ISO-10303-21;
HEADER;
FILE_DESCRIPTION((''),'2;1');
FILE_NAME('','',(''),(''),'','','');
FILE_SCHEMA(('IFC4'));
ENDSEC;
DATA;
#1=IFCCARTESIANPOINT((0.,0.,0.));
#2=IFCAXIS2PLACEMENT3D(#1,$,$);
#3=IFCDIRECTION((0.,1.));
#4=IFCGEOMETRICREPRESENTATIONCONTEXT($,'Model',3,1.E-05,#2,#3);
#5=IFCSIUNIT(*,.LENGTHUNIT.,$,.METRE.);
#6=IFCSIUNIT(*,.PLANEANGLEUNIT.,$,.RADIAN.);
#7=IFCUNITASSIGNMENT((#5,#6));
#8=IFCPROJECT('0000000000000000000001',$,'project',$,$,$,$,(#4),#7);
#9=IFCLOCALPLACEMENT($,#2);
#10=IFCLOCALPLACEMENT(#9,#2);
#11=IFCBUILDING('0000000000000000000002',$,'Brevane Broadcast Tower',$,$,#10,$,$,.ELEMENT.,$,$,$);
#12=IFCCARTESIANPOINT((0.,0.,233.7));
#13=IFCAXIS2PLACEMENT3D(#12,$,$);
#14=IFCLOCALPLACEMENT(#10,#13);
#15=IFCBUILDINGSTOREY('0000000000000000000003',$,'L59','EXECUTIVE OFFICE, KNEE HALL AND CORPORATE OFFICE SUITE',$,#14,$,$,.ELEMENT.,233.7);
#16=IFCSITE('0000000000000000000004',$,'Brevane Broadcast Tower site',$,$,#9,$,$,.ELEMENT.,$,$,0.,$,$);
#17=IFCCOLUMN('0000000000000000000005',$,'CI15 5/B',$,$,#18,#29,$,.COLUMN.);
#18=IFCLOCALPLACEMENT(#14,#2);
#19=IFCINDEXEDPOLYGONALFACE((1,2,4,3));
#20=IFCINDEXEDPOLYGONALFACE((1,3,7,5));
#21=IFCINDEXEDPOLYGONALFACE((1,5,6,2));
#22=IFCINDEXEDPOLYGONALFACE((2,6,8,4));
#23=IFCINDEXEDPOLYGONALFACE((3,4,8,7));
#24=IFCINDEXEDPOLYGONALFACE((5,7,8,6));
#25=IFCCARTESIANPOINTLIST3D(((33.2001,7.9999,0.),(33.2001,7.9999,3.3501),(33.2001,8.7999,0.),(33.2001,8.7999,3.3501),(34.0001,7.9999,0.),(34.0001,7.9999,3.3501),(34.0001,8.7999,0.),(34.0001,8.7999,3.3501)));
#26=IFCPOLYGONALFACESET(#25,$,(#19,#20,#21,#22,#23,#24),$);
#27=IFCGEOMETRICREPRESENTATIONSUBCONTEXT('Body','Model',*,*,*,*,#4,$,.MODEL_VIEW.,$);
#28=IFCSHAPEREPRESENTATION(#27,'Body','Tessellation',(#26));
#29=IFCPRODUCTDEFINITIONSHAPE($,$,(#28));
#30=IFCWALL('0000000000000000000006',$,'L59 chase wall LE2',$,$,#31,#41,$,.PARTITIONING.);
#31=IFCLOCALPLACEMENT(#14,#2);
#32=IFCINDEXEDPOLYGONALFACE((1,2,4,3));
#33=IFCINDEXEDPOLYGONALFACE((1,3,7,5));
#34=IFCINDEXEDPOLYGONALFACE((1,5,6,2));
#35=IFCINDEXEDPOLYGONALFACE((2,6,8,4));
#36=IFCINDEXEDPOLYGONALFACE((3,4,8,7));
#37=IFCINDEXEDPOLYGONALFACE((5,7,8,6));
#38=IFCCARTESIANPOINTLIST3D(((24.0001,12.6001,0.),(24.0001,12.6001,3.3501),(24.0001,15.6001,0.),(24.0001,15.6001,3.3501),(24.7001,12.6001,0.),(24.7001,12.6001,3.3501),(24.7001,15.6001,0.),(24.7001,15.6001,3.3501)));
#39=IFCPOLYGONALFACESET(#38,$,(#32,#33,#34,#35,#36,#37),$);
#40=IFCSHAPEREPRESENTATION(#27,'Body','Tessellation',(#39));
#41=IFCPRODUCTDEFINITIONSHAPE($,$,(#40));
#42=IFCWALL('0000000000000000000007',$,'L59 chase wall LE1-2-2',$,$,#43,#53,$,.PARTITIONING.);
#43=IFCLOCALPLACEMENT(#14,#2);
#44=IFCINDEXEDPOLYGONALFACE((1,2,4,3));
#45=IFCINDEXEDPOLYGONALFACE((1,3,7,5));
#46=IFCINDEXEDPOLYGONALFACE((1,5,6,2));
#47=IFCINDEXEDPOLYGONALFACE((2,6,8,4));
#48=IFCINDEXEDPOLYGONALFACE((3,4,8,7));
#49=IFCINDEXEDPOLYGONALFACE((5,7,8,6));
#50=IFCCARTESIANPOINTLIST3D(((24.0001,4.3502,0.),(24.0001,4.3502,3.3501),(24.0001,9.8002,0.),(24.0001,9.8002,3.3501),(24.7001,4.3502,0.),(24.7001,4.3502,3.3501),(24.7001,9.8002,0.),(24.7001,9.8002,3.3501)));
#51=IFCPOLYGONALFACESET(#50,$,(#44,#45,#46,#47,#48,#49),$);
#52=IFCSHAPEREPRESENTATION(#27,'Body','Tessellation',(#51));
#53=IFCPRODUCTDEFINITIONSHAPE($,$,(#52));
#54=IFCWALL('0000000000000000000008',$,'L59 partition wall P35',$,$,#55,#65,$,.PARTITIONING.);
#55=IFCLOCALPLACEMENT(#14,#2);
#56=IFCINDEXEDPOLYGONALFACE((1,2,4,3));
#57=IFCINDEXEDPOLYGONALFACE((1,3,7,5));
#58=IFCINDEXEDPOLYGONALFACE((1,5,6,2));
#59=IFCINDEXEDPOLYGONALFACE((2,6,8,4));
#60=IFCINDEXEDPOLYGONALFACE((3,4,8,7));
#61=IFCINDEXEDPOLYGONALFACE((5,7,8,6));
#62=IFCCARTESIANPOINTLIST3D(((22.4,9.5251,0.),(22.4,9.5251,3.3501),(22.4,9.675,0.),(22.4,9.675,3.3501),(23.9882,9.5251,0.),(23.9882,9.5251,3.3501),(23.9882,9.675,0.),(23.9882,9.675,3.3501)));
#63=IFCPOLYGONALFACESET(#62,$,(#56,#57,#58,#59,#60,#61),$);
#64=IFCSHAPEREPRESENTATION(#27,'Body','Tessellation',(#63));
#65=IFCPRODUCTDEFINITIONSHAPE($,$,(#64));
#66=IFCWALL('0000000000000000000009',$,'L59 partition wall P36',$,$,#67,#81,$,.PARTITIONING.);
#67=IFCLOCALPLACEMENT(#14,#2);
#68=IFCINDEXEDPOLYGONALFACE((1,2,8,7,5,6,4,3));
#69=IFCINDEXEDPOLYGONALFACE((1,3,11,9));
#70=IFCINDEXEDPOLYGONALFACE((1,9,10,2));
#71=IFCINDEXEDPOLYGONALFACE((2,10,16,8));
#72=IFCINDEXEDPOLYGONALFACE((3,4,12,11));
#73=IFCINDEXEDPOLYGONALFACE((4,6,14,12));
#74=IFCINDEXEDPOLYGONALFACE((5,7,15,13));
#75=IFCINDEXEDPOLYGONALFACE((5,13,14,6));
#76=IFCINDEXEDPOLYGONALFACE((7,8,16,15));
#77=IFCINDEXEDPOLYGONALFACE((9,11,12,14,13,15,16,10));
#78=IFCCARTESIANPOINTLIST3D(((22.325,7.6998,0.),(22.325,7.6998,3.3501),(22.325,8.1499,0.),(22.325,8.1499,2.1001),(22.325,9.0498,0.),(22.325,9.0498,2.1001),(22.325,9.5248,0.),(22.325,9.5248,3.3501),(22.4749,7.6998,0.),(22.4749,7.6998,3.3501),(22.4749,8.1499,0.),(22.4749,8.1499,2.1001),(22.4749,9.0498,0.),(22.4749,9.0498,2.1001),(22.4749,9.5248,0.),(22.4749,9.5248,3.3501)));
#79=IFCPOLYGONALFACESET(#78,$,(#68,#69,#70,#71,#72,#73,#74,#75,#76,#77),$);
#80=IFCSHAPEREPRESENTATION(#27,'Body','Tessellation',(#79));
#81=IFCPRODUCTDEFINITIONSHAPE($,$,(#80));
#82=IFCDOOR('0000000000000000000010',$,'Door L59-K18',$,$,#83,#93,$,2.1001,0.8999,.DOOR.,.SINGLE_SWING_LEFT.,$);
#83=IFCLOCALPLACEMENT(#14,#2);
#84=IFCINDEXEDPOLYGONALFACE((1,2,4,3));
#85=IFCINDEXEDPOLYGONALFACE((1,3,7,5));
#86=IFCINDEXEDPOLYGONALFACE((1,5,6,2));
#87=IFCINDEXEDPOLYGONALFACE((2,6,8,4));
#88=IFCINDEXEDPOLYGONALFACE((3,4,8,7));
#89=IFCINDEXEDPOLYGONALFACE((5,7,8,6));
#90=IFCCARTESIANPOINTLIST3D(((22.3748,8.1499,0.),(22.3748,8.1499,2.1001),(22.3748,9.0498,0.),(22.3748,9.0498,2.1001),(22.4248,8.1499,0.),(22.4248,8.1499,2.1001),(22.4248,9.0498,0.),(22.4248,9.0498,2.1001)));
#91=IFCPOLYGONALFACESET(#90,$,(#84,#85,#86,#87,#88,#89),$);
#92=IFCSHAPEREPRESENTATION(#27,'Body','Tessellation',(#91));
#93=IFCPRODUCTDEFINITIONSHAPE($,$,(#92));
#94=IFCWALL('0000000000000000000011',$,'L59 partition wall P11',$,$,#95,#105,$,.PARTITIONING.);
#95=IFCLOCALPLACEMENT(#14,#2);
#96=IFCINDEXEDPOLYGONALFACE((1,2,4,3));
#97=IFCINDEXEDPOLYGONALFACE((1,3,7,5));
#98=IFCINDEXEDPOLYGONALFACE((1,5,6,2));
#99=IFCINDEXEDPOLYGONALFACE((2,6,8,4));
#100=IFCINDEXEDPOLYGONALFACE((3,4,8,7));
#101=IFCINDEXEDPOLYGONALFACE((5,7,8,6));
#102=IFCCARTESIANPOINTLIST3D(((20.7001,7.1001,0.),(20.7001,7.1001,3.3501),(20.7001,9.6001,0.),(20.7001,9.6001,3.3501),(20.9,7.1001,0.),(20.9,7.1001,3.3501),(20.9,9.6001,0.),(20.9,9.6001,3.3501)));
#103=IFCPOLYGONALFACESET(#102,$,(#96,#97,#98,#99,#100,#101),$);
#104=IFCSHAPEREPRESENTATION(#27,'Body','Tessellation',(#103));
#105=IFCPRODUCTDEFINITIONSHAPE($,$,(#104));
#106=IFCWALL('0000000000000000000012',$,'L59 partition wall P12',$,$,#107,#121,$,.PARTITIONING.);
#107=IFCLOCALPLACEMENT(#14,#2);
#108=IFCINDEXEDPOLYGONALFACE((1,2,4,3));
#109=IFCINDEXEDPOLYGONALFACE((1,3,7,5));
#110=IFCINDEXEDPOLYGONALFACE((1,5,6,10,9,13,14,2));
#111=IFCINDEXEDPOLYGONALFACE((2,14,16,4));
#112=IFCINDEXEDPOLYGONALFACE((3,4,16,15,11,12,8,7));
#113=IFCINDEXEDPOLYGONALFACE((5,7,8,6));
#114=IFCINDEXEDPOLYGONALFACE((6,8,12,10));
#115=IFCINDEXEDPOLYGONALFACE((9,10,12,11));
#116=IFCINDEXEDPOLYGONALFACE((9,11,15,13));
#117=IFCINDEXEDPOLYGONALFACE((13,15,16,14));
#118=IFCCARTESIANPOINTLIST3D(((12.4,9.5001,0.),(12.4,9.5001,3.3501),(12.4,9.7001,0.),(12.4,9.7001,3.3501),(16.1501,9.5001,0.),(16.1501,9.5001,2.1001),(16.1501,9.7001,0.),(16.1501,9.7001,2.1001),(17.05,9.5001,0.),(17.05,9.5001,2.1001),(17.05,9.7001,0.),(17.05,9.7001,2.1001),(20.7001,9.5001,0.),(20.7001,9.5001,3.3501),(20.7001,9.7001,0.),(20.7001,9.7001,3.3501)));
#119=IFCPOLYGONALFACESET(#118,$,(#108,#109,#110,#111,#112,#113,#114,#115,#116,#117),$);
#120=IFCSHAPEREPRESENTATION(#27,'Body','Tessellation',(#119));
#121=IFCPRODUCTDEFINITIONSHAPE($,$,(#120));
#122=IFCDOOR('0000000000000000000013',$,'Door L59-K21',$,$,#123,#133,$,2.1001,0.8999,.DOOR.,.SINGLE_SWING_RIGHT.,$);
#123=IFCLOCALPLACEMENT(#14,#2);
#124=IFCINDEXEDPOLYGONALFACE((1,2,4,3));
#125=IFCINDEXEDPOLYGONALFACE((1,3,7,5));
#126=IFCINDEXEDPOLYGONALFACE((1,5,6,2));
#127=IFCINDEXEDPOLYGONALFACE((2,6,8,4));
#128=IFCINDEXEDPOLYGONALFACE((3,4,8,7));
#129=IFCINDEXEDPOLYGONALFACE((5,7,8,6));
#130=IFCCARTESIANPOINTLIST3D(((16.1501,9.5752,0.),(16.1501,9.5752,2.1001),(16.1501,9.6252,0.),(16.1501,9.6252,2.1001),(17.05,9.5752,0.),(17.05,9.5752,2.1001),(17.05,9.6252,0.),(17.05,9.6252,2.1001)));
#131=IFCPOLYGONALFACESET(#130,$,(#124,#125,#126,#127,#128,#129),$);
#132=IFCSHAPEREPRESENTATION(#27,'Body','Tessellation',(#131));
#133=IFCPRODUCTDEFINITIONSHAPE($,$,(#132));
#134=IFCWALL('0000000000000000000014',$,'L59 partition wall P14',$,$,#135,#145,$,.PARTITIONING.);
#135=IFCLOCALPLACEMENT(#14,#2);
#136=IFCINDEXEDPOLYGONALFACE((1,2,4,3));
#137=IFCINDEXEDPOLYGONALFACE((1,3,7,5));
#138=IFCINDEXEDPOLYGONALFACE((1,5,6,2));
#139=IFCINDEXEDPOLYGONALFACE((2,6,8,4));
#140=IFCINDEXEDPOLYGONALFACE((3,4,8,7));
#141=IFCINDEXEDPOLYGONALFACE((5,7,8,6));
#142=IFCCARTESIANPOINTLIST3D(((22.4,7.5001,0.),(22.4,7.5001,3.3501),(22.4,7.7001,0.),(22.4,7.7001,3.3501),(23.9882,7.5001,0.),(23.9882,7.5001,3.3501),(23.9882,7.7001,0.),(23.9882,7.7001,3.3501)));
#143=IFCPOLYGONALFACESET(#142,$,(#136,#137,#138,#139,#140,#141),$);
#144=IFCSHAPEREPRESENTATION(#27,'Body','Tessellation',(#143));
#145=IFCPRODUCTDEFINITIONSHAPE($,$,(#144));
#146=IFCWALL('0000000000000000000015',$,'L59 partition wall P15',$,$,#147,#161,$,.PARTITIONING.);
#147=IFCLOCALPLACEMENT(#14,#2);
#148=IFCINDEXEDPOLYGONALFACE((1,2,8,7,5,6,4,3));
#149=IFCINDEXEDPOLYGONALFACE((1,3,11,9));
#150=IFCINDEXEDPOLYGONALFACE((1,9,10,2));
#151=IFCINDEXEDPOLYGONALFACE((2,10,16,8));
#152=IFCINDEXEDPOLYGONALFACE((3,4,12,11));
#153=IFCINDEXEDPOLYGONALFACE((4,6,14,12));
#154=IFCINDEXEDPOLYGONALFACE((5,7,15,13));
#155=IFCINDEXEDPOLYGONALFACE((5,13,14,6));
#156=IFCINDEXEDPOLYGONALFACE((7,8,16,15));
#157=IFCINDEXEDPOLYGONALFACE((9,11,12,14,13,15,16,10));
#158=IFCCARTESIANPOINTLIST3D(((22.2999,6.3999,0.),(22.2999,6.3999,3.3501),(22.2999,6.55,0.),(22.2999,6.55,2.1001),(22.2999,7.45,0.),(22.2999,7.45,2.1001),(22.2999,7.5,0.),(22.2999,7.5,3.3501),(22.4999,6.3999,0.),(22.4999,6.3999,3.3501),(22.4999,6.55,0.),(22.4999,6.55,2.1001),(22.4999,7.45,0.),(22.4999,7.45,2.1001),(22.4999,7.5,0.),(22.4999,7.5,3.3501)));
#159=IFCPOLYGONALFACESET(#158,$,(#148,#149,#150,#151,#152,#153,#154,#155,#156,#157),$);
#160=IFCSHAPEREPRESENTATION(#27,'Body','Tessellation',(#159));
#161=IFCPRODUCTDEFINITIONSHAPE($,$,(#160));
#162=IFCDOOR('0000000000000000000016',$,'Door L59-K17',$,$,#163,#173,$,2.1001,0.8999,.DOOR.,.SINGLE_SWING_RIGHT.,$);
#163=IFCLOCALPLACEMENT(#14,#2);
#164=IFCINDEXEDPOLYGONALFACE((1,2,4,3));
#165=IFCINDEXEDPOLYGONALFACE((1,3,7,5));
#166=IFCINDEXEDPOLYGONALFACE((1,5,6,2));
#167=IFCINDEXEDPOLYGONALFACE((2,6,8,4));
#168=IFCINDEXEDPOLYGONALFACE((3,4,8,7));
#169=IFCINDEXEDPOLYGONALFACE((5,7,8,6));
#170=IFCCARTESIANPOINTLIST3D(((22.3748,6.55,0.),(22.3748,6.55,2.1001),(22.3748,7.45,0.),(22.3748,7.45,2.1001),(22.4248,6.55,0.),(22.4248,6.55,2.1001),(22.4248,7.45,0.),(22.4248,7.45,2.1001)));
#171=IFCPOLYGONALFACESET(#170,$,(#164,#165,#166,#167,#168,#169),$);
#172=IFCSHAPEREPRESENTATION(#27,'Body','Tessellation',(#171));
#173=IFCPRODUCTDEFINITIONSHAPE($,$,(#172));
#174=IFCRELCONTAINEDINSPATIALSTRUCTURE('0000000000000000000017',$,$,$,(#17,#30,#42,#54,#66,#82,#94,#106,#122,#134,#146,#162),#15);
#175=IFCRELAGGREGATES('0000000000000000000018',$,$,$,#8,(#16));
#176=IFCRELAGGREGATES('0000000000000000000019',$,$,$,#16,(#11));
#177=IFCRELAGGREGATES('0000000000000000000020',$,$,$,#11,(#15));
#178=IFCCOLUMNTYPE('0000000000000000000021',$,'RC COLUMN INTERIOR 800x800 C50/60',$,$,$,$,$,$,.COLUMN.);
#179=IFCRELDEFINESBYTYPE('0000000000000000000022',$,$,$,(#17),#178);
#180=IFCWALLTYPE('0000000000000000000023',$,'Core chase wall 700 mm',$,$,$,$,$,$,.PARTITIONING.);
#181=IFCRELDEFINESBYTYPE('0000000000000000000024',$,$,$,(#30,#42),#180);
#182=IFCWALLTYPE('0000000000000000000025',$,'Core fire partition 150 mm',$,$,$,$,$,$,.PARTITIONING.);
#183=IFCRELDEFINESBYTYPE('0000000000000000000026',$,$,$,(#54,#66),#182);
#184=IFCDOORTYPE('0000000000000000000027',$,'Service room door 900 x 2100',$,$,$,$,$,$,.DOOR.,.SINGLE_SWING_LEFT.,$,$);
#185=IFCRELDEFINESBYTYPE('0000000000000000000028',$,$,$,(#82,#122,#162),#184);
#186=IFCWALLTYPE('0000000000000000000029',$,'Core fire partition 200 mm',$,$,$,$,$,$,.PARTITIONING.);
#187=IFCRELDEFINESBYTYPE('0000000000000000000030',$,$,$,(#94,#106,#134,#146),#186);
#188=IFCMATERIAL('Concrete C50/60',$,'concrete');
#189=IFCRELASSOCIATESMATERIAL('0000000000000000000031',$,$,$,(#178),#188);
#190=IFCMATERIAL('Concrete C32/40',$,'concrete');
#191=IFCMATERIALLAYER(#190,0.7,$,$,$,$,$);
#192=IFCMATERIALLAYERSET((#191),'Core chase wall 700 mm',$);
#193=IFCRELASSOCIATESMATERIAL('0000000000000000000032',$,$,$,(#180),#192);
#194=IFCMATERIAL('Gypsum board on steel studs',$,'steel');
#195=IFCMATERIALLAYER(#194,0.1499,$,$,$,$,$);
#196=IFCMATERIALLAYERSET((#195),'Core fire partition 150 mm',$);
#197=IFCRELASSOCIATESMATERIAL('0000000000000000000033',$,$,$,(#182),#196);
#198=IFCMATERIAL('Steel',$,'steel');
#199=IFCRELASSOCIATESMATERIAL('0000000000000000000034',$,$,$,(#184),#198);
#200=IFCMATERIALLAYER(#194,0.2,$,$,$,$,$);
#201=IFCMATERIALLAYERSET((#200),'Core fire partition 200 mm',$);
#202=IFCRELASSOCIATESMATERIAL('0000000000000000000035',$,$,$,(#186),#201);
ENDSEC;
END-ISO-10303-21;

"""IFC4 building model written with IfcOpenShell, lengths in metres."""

from ifc_helpers import new_model, si_unit, direction, frame, frame_2d, origin, origin_2d, place, context, subcontext, project, spatial, rectangle, extrude, material, layer, layer_set, material_profile, profile_set, type_object, element, fill, save


model = new_model("IFC4")

# Units and contexts
model_context = context("Model", 3, precision=1e-05, world=origin(), true_north=direction((0.0, 1.0)))
body_context = subcontext(model_context, "Body", "Model", "MODEL_VIEW")
ifc_project = project(units=[si_unit("LENGTHUNIT", "METRE"), si_unit("PLANEANGLEUNIT", "RADIAN")], contexts=[model_context])

# Site, building, storey
site_placement = place(None, origin())
site = spatial("IfcSite", under=ifc_project, at=site_placement, Name="Brevane Broadcast Tower site", CompositionType="ELEMENT", RefElevation=0.0)
building_placement = place(site_placement, origin())
building = spatial("IfcBuilding", under=site, at=building_placement, Name="Brevane Broadcast Tower", CompositionType="ELEMENT")
storey_placement = place(building_placement, frame((0.0, 0.0, 233.7)))
storey = spatial("IfcBuildingStorey", under=building, at=storey_placement, Name="L59", Description="EXECUTIVE OFFICE, KNEE HALL AND CORPORATE OFFICE SUITE", CompositionType="ELEMENT", Elevation=233.7)

# Column
ifc_material_1 = material(Name="Concrete C50/60", Category="concrete")
ifc_material_profile = material_profile(ifc_material_1, rectangle(XDim=0.8, YDim=0.8, at=origin_2d()), Name="RC 800x800")
ifc_profile_set = profile_set([ifc_material_profile], Name="Concrete C50/60")
column_type = type_object("IfcColumnType", Name="RC COLUMN INTERIOR 800x800 C50/60", PredefinedType="COLUMN", material=ifc_profile_set)
column_placement = place(storey_placement, frame((33.6001, 8.3999, 0.0), z_axis=(0.0, 0.0, 1.0), x_axis=(1.0, 0.0, 0.0)))
element("IfcColumn", 1, at=column_placement, inside=storey, type_object=column_type, Name="CI15 5/B", PredefinedType="COLUMN", context=body_context, shape_type="SweptSolid", body=[
    extrude(rectangle(XDim=0.8, YDim=0.8, at=origin_2d()), origin(), (0.0, 0.0, 1.0), 3.3501),
])

# Walls
ifc_material_2 = material(Name="Concrete C32/40", Category="concrete")
ifc_layer_1 = layer(ifc_material_2, 0.7)
ifc_layer_set_1 = layer_set([ifc_layer_1], Name="Core chase wall 700 mm")
wall_type_1 = type_object("IfcWallType", Name="Core chase wall 700 mm", PredefinedType="PARTITIONING", material=ifc_layer_set_1)
wall_1_placement = place(storey_placement, frame((24.3501, 12.6001, 0.0), z_axis=(0.0, 0.0, 1.0), x_axis=(0.0, 1.0, 0.0)))
element("IfcWall", 2, at=wall_1_placement, inside=storey, type_object=wall_type_1, Name="L59 chase wall LE2", PredefinedType="PARTITIONING", context=body_context, shape_type="SweptSolid", body=[
    extrude(rectangle(XDim=3.0, YDim=0.7, at=frame_2d((1.5, 0.0))), origin(), (0.0, 0.0, 1.0), 3.3501),
])
wall_2_placement = place(storey_placement, frame((24.3501, 4.3501, 0.0), z_axis=(0.0, 0.0, 1.0), x_axis=(0.0, 1.0, 0.0)))
element("IfcWall", 3, at=wall_2_placement, inside=storey, type_object=wall_type_1, Name="L59 chase wall LE1-2-2", PredefinedType="PARTITIONING", context=body_context, shape_type="SweptSolid", body=[
    extrude(rectangle(XDim=5.45, YDim=0.7, at=frame_2d((2.7251, 0.0))), origin(), (0.0, 0.0, 1.0), 3.3501),
])
ifc_material_3 = material(Name="Gypsum board on steel studs", Category="steel")
ifc_layer_2 = layer(ifc_material_3, 0.1499)
ifc_layer_set_2 = layer_set([ifc_layer_2], Name="Core fire partition 150 mm")
wall_type_2 = type_object("IfcWallType", Name="Core fire partition 150 mm", PredefinedType="PARTITIONING", material=ifc_layer_set_2)
wall_3_placement = place(storey_placement, frame((23.988, 9.6001, 0.0), z_axis=(0.0, 0.0, 1.0), x_axis=(-1.0, 0.0, 0.0)))
element("IfcWall", 4, at=wall_3_placement, inside=storey, type_object=wall_type_2, Name="L59 partition wall P35", PredefinedType="PARTITIONING", context=body_context, shape_type="SweptSolid", body=[
    extrude(rectangle(XDim=1.5881, YDim=0.1499, at=frame_2d((0.7939, 0.0))), origin(), (0.0, 0.0, 1.0), 3.3501),
])

# Wall, opening, door
wall_4_placement = place(storey_placement, frame((22.3999, 9.5249, 0.0), z_axis=(0.0, 0.0, 1.0), x_axis=(0.0, -1.0, 0.0)))
wall_4 = element("IfcWall", 5, at=wall_4_placement, inside=storey, type_object=wall_type_2, Name="L59 partition wall P36", PredefinedType="PARTITIONING", context=body_context, shape_type="SweptSolid", body=[
    extrude(rectangle(XDim=1.825, YDim=0.1499, at=frame_2d((0.9126, 0.0))), origin(), (0.0, 0.0, 1.0), 3.3501),
])
opening_1_placement = place(wall_4_placement, frame((0.4751, 0.0, 0.0)))
opening_1 = element("IfcOpeningElement", 6, at=opening_1_placement, cuts=wall_4, PredefinedType="OPENING", context=body_context, shape_type="SweptSolid", body=[
    extrude(rectangle(XDim=0.8999, YDim=2.1001, at=frame_2d((0.45, 1.05))), frame((0.0, 0.085, 0.0), z_axis=(0.0, -1.0, 0.0), x_axis=(1.0, 0.0, 0.0)), (0.0, 0.0, 1.0), 0.1699),
])
ifc_material_4 = material(Name="Steel", Category="steel")
door_type_1 = type_object("IfcDoorType", Name="Service room door 900 x 2100", OperationType="SINGLE_SWING_LEFT", PredefinedType="DOOR", material=ifc_material_4)
door_1_placement = place(opening_1_placement, origin())
door_1 = element("IfcDoor", 7, at=door_1_placement, inside=storey, type_object=door_type_1, Name="Door L59-K18", OperationType="SINGLE_SWING_LEFT", OverallHeight=2.1001, OverallWidth=0.8999, PredefinedType="DOOR", context=body_context, shape_type="SweptSolid", body=[
    extrude(rectangle(XDim=0.8999, YDim=2.1001, at=frame_2d((0.45, 1.05))), frame((0.0, 0.0249, 0.0), z_axis=(0.0, -1.0, 0.0), x_axis=(1.0, 0.0, 0.0)), (0.0, 0.0, 1.0), 0.05),
])
fill(opening_1, door_1)

# Wall
ifc_layer_3 = layer(ifc_material_3, 0.2)
ifc_layer_set_3 = layer_set([ifc_layer_3], Name="Core fire partition 200 mm")
wall_type_3 = type_object("IfcWallType", Name="Core fire partition 200 mm", PredefinedType="PARTITIONING", material=ifc_layer_set_3)
wall_5_placement = place(storey_placement, frame((20.8, 7.1001, 0.0), z_axis=(0.0, 0.0, 1.0), x_axis=(0.0, 1.0, 0.0)))
element("IfcWall", 8, at=wall_5_placement, inside=storey, type_object=wall_type_3, Name="L59 partition wall P11", PredefinedType="PARTITIONING", context=body_context, shape_type="SweptSolid", body=[
    extrude(rectangle(XDim=2.5, YDim=0.2, at=frame_2d((1.25, 0.0))), origin(), (0.0, 0.0, 1.0), 3.3501),
])

# Wall, opening, door
wall_6_placement = place(storey_placement, frame((20.7, 9.6001, 0.0), z_axis=(0.0, 0.0, 1.0), x_axis=(-1.0, 0.0, 0.0)))
wall_6 = element("IfcWall", 9, at=wall_6_placement, inside=storey, type_object=wall_type_3, Name="L59 partition wall P12", PredefinedType="PARTITIONING", context=body_context, shape_type="SweptSolid", body=[
    extrude(rectangle(XDim=8.3, YDim=0.2, at=frame_2d((4.1499, 0.0))), origin(), (0.0, 0.0, 1.0), 3.3501),
])
opening_2_placement = place(wall_6_placement, frame((3.6499, 0.0, 0.0)))
opening_2 = element("IfcOpeningElement", 10, at=opening_2_placement, cuts=wall_6, PredefinedType="OPENING", context=body_context, shape_type="SweptSolid", body=[
    extrude(rectangle(XDim=0.8999, YDim=2.1001, at=frame_2d((0.45, 1.05))), frame((0.0, 0.1099, 0.0), z_axis=(0.0, -1.0, 0.0), x_axis=(1.0, 0.0, 0.0)), (0.0, 0.0, 1.0), 0.22),
])
door_2_placement = place(opening_2_placement, origin())
door_2 = element("IfcDoor", 11, at=door_2_placement, inside=storey, type_object=door_type_1, Name="Door L59-K21", OperationType="SINGLE_SWING_RIGHT", OverallHeight=2.1001, OverallWidth=0.8999, PredefinedType="DOOR", context=body_context, shape_type="SweptSolid", body=[
    extrude(rectangle(XDim=0.8999, YDim=2.1001, at=frame_2d((0.45, 1.05))), frame((0.0, 0.0249, 0.0), z_axis=(0.0, -1.0, 0.0), x_axis=(1.0, 0.0, 0.0)), (0.0, 0.0, 1.0), 0.05),
])
fill(opening_2, door_2)

# Wall
wall_7_placement = place(storey_placement, frame((23.988, 7.6001, 0.0), z_axis=(0.0, 0.0, 1.0), x_axis=(-1.0, 0.0, 0.0)))
element("IfcWall", 12, at=wall_7_placement, inside=storey, type_object=wall_type_3, Name="L59 partition wall P14", PredefinedType="PARTITIONING", context=body_context, shape_type="SweptSolid", body=[
    extrude(rectangle(XDim=1.5881, YDim=0.2, at=frame_2d((0.7939, 0.0))), origin(), (0.0, 0.0, 1.0), 3.3501),
])

# Wall, opening, door
wall_8_placement = place(storey_placement, frame((22.3999, 7.5, 0.0), z_axis=(0.0, 0.0, 1.0), x_axis=(0.0, -1.0, 0.0)))
wall_8 = element("IfcWall", 13, at=wall_8_placement, inside=storey, type_object=wall_type_3, Name="L59 partition wall P15", PredefinedType="PARTITIONING", context=body_context, shape_type="SweptSolid", body=[
    extrude(rectangle(XDim=1.1001, YDim=0.2, at=frame_2d((0.55, 0.0))), origin(), (0.0, 0.0, 1.0), 3.3501),
])
opening_3_placement = place(wall_8_placement, frame((0.05, 0.0, 0.0)))
opening_3 = element("IfcOpeningElement", 14, at=opening_3_placement, cuts=wall_8, PredefinedType="OPENING", context=body_context, shape_type="SweptSolid", body=[
    extrude(rectangle(XDim=0.8999, YDim=2.1001, at=frame_2d((0.45, 1.05))), frame((0.0, 0.1099, 0.0), z_axis=(0.0, -1.0, 0.0), x_axis=(1.0, 0.0, 0.0)), (0.0, 0.0, 1.0), 0.22),
])
door_3_placement = place(opening_3_placement, origin())
door_3 = element("IfcDoor", 15, at=door_3_placement, inside=storey, type_object=door_type_1, Name="Door L59-K17", OperationType="SINGLE_SWING_RIGHT", OverallHeight=2.1001, OverallWidth=0.8999, PredefinedType="DOOR", context=body_context, shape_type="SweptSolid", body=[
    extrude(rectangle(XDim=0.8999, YDim=2.1001, at=frame_2d((0.45, 1.05))), frame((0.0, 0.0249, 0.0), z_axis=(0.0, -1.0, 0.0), x_axis=(1.0, 0.0, 0.0)), (0.0, 0.0, 1.0), 0.05),
])
fill(opening_3, door_3)

save(model, "model.ifc")
